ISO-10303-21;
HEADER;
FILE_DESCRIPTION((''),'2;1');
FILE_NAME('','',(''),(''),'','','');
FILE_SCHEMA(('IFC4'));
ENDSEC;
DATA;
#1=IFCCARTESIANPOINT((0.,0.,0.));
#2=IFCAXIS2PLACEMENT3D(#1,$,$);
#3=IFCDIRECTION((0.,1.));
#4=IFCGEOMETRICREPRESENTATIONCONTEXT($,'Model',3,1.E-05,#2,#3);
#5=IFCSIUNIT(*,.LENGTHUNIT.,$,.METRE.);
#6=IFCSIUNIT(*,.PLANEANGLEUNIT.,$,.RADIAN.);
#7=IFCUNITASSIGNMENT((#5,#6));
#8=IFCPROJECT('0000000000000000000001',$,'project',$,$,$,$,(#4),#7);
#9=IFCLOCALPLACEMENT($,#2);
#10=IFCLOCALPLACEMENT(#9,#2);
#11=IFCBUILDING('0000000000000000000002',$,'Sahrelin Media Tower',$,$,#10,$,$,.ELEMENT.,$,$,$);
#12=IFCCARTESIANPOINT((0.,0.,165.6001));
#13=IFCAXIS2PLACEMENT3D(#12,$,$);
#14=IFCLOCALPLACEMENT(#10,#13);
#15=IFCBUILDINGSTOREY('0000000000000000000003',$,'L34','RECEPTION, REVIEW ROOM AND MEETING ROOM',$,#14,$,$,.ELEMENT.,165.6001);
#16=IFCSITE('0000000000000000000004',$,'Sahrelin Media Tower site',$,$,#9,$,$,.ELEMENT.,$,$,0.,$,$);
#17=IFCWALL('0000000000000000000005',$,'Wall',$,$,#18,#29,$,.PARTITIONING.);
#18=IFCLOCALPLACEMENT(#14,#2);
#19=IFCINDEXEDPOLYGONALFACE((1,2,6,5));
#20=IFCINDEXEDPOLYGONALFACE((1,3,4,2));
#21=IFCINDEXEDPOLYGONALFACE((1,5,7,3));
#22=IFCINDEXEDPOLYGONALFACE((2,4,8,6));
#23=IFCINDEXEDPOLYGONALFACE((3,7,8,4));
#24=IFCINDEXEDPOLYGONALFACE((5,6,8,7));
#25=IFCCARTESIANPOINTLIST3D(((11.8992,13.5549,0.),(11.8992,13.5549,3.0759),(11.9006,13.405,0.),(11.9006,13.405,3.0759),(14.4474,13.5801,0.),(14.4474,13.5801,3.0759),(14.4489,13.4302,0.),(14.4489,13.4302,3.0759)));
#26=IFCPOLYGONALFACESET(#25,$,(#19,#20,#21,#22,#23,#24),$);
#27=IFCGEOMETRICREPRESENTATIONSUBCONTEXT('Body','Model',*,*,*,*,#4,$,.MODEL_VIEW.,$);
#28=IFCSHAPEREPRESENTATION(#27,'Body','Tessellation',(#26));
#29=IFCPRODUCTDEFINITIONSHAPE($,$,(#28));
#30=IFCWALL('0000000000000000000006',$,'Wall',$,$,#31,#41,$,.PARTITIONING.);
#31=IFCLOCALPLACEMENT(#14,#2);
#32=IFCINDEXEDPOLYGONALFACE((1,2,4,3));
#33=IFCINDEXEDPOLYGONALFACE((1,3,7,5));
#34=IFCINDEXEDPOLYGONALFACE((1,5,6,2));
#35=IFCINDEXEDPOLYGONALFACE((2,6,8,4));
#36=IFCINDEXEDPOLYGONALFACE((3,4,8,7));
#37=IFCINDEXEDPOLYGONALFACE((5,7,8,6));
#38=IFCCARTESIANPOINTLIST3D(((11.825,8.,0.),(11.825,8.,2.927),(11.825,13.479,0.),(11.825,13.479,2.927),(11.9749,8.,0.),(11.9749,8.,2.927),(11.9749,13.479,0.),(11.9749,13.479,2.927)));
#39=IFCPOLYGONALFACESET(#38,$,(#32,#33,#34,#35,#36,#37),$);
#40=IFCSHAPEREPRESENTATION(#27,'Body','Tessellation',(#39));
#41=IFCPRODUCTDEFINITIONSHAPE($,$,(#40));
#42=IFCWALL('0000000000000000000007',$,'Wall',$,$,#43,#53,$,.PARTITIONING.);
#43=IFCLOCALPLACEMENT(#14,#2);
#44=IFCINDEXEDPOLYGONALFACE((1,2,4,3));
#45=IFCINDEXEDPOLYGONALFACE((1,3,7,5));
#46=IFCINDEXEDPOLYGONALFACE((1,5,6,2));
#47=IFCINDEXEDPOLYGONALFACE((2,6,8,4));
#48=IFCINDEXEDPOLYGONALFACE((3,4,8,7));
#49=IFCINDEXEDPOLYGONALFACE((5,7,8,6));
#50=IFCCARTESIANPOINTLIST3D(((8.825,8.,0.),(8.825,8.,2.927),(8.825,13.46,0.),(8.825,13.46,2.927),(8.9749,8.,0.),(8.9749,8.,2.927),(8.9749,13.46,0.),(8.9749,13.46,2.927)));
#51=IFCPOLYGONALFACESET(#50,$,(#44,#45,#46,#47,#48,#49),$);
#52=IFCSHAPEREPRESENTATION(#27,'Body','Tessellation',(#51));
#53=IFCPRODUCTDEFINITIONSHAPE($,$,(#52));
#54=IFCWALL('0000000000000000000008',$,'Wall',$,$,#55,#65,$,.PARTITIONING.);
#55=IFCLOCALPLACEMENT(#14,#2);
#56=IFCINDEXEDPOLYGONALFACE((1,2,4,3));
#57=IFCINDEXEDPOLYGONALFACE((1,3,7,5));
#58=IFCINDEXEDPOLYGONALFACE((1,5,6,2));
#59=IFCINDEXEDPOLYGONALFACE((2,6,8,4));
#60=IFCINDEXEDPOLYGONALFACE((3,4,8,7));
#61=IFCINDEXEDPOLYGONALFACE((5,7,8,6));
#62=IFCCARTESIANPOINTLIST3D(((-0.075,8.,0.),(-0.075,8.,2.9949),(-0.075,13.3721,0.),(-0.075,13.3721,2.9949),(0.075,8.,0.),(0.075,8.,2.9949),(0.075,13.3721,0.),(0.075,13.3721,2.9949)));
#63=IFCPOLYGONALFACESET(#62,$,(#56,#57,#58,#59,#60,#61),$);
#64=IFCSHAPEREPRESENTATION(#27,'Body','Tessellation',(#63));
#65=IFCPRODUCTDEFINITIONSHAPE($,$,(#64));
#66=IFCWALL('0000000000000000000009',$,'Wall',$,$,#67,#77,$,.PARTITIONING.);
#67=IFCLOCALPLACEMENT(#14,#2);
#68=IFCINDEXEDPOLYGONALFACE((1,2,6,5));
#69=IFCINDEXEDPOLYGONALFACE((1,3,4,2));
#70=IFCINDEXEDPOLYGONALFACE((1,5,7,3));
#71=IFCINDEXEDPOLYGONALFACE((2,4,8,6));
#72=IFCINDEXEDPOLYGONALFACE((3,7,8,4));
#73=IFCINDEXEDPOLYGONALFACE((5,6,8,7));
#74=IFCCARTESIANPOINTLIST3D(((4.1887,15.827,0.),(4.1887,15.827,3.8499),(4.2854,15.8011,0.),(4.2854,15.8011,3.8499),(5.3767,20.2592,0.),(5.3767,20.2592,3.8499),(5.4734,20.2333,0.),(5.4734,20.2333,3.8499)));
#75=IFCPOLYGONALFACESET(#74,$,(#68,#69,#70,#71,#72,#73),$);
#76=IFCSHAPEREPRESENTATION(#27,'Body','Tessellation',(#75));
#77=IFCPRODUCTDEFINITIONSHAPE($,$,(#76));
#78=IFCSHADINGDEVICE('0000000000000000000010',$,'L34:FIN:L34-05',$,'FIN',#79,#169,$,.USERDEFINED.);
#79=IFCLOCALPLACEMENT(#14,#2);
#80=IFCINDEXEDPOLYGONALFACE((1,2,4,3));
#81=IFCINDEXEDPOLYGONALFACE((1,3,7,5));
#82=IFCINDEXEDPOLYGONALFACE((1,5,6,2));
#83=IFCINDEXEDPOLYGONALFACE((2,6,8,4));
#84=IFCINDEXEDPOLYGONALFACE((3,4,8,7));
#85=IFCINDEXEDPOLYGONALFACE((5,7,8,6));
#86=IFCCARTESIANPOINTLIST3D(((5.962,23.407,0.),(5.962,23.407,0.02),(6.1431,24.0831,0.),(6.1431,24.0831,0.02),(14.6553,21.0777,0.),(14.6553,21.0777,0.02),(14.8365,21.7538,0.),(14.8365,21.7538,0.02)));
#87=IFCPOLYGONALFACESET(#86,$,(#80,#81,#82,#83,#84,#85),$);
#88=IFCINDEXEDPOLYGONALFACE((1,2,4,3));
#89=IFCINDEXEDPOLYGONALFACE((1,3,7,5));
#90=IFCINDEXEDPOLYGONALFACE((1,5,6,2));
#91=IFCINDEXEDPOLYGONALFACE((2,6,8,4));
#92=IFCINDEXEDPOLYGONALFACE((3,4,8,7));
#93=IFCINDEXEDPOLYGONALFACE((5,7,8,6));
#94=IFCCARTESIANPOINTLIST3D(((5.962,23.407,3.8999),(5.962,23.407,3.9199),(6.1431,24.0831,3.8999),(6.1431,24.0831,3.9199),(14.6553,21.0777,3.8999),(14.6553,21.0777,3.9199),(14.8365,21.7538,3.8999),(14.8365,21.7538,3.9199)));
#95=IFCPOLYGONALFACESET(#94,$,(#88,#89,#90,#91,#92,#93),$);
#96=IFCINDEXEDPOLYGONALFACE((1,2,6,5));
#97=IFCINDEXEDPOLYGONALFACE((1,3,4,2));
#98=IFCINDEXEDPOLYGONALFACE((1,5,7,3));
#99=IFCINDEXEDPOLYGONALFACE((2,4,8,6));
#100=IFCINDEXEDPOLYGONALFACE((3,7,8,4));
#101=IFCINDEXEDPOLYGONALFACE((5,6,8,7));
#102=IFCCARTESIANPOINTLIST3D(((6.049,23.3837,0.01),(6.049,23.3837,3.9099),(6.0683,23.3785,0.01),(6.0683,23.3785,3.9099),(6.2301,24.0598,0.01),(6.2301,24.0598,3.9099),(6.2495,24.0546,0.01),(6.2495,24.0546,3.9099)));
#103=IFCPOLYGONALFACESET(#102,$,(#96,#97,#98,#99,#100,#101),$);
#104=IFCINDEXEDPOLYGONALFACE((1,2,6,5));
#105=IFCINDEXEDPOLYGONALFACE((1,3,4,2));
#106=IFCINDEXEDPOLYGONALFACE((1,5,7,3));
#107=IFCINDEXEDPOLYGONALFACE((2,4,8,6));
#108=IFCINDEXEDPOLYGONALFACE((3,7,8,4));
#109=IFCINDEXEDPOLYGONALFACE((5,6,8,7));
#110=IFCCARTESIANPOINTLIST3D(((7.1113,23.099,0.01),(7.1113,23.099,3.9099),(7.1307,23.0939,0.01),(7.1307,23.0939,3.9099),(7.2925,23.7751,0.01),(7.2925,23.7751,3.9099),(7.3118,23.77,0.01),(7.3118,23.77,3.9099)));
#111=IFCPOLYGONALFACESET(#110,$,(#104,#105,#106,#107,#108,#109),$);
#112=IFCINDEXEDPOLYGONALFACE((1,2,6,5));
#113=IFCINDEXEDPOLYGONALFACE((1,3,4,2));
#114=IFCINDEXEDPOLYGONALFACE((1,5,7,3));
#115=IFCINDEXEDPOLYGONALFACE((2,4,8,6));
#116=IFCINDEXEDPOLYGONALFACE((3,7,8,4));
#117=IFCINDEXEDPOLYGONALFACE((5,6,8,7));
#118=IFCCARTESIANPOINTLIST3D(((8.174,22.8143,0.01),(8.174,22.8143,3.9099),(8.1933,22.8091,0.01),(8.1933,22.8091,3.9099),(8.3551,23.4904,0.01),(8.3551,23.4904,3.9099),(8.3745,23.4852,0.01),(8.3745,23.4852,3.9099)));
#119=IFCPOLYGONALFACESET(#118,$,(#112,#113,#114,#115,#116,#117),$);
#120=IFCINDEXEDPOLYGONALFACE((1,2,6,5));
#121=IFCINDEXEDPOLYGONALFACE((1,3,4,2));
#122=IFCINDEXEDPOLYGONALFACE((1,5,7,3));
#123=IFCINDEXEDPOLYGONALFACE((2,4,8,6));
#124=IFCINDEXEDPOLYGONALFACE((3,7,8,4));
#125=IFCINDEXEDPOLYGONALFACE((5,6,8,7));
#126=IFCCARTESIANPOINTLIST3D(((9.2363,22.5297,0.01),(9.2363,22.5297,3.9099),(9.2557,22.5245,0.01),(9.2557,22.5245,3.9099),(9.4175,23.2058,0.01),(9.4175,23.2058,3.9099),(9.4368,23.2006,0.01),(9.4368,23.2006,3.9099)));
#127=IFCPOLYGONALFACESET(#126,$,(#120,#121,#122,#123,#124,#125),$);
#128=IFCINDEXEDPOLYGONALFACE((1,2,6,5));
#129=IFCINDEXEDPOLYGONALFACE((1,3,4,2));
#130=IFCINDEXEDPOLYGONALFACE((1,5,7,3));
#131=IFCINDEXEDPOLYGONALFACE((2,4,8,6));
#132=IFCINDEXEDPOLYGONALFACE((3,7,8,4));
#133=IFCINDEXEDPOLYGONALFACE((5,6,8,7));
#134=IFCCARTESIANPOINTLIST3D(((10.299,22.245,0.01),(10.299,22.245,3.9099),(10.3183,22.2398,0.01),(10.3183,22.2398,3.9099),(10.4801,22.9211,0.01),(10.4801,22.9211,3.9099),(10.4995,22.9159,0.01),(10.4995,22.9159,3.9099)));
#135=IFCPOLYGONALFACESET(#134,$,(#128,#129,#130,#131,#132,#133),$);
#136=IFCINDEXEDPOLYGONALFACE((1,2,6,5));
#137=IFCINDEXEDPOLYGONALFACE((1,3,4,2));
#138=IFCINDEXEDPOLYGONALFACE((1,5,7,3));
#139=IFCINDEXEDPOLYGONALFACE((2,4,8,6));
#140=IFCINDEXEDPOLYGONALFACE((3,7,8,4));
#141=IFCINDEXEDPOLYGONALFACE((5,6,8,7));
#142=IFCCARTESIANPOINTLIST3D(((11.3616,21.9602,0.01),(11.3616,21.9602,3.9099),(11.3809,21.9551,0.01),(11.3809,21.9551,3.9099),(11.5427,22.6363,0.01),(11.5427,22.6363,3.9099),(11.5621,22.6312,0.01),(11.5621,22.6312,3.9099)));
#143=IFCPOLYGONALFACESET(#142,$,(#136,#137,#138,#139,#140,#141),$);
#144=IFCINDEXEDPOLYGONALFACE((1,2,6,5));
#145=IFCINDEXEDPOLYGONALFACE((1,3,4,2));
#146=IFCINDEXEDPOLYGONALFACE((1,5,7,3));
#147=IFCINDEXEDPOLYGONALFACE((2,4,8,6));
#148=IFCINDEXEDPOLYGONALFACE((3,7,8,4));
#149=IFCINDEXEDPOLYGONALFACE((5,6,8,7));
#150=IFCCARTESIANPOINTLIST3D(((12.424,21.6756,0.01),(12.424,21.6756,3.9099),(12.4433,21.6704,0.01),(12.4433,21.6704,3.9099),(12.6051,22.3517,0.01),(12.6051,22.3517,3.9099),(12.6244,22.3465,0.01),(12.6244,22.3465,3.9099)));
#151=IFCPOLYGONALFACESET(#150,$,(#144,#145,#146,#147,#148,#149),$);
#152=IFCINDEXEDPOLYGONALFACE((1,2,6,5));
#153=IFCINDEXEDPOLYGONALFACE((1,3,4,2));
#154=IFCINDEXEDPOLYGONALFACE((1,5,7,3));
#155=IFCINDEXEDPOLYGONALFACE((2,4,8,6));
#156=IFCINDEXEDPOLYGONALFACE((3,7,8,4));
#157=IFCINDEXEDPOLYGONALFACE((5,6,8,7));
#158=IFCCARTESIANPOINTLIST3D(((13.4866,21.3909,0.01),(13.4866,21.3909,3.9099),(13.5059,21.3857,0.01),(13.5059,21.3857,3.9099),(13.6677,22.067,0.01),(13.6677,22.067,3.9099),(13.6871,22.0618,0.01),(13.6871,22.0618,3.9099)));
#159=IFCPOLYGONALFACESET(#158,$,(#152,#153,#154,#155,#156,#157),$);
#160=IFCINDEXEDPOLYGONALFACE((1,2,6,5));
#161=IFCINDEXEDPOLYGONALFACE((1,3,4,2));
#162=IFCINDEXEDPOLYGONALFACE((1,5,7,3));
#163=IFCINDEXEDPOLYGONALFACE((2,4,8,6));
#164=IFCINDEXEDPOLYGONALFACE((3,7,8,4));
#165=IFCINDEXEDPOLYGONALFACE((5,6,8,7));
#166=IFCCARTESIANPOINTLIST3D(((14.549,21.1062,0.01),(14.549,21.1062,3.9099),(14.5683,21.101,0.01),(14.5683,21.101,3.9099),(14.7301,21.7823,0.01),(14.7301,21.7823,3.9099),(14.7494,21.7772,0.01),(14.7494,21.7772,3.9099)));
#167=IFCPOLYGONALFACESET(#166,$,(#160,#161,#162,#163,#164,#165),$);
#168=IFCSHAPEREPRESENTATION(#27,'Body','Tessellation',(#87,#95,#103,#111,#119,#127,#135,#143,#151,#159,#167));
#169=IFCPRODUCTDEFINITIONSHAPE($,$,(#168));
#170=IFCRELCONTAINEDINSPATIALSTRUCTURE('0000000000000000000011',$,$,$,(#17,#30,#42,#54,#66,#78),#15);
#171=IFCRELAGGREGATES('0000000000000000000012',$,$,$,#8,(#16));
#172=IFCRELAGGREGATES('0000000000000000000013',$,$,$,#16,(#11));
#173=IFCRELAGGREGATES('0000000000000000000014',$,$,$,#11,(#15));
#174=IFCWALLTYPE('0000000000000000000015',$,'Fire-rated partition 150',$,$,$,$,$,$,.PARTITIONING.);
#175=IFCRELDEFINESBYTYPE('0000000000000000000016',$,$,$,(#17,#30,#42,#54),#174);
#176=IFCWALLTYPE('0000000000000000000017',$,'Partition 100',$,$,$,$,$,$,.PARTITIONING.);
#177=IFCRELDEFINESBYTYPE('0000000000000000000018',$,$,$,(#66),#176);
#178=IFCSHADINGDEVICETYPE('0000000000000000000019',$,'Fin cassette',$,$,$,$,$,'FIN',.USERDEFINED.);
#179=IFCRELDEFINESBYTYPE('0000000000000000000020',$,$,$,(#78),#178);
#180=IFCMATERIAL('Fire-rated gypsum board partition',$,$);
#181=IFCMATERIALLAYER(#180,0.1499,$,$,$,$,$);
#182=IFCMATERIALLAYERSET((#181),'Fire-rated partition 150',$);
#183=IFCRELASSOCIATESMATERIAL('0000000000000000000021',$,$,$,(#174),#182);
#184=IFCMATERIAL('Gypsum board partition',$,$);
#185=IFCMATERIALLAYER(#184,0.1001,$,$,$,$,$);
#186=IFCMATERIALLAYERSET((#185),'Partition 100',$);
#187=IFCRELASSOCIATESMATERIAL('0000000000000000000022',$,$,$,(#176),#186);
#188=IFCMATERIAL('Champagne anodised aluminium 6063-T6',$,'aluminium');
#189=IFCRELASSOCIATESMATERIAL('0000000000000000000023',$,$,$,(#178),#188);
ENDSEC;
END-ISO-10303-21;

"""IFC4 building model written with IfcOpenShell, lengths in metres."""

from ifc_helpers import new_model, si_unit, direction, frame, frame_2d, origin, origin_2d, place, context, subcontext, project, spatial, rectangle, extrude, material, layer, layer_set, type_object, element, save


model = new_model("IFC4")

# Units and contexts
model_context = context("Model", 3, precision=1e-05, world=origin(), true_north=direction((0.0, 1.0)))
body_context = subcontext(model_context, "Body", "Model", "MODEL_VIEW")
ifc_project = project(units=[si_unit("LENGTHUNIT", "METRE"), si_unit("PLANEANGLEUNIT", "RADIAN")], contexts=[model_context])

# Site, building, storey
site_placement = place(None, origin())
site = spatial("IfcSite", under=ifc_project, at=site_placement, Name="Sahrelin Media Tower site", CompositionType="ELEMENT", RefElevation=0.0)
building_placement = place(site_placement, origin())
building = spatial("IfcBuilding", under=site, at=building_placement, Name="Sahrelin Media Tower", CompositionType="ELEMENT")
storey_placement = place(building_placement, frame((0.0, 0.0, 165.6001)))
storey = spatial("IfcBuildingStorey", under=building, at=storey_placement, Name="L34", Description="RECEPTION, REVIEW ROOM AND MEETING ROOM", CompositionType="ELEMENT", Elevation=165.6001)

# Shared definitions
ifc_material_1 = material(Name="Champagne anodised aluminium 6063-T6", Category="aluminium")

# Shared definitions
ifc_material_2 = material(Name="Fire-rated gypsum board partition")
ifc_layer_1 = layer(ifc_material_2, 0.1499)
ifc_layer_set_1 = layer_set([ifc_layer_1], Name="Fire-rated partition 150")
wall_type_1 = type_object("IfcWallType", Name="Fire-rated partition 150", PredefinedType="PARTITIONING", material=ifc_layer_set_1)

# Walls
wall_1_placement = place(storey_placement, frame((11.8999, 13.48, 0.0), z_axis=(0.0, 0.0, 1.0), x_axis=(0.999951, 0.009868, 0.0)))
element("IfcWall", 1, at=wall_1_placement, inside=storey, type_object=wall_type_1, Name="Wall", PredefinedType="PARTITIONING", context=body_context, shape_type="SweptSolid", body=[
    extrude(rectangle(XDim=2.5483, YDim=0.1499, at=frame_2d((1.2742, 0.0))), origin(), (0.0, 0.0, 1.0), 3.0759),
])
wall_2_placement = place(storey_placement, frame((11.8999, 8.0, 0.0), z_axis=(0.0, 0.0, 1.0), x_axis=(0.0, 1.0, 0.0)))
element("IfcWall", 2, at=wall_2_placement, inside=storey, type_object=wall_type_1, Name="Wall", PredefinedType="PARTITIONING", context=body_context, shape_type="SweptSolid", body=[
    extrude(rectangle(XDim=5.479, YDim=0.1499, at=frame_2d((2.7395, 0.0))), origin(), (0.0, 0.0, 1.0), 2.927),
])
wall_3_placement = place(storey_placement, frame((8.8999, 8.0, 0.0), z_axis=(0.0, 0.0, 1.0), x_axis=(0.0, 1.0, 0.0)))
element("IfcWall", 3, at=wall_3_placement, inside=storey, type_object=wall_type_1, Name="Wall", PredefinedType="PARTITIONING", context=body_context, shape_type="SweptSolid", body=[
    extrude(rectangle(XDim=5.46, YDim=0.1499, at=frame_2d((2.73, 0.0))), origin(), (0.0, 0.0, 1.0), 2.927),
])
wall_4_placement = place(storey_placement, frame((0.0, 8.0, 0.0), z_axis=(0.0, 0.0, 1.0), x_axis=(0.0, 1.0, 0.0)))
element("IfcWall", 4, at=wall_4_placement, inside=storey, type_object=wall_type_1, Name="Wall", PredefinedType="PARTITIONING", context=body_context, shape_type="SweptSolid", body=[
    extrude(rectangle(XDim=5.3721, YDim=0.1499, at=frame_2d((2.686, 0.0))), origin(), (0.0, 0.0, 1.0), 2.9949),
])
ifc_material_3 = material(Name="Gypsum board partition")
ifc_layer_2 = layer(ifc_material_3, 0.1001)
ifc_layer_set_2 = layer_set([ifc_layer_2], Name="Partition 100")
wall_type_2 = type_object("IfcWallType", Name="Partition 100", PredefinedType="PARTITIONING", material=ifc_layer_set_2)
wall_5_placement = place(storey_placement, frame((4.2371, 15.814, 0.0), z_axis=(0.0, 0.0, 1.0), x_axis=(0.258901, 0.965904, 0.0)))
element("IfcWall", 5, at=wall_5_placement, inside=storey, type_object=wall_type_2, Name="Wall", PredefinedType="PARTITIONING", context=body_context, shape_type="SweptSolid", body=[
    extrude(rectangle(XDim=4.5886, YDim=0.1001, at=frame_2d((2.2944, 0.0))), origin(), (0.0, 0.0, 1.0), 3.8499),
])

# Shading device
shading_device_type_1 = type_object("IfcShadingDeviceType", Name="Fin cassette", ElementType="FIN", PredefinedType="USERDEFINED", material=ifc_material_1)
placement_1 = place(storey_placement, frame((10.2905, 22.1748, 0.0), z_axis=(0.0, 0.0, 1.0), x_axis=(0.965929, -0.258808, 0.0)))
element("IfcShadingDevice", 6, at=placement_1, inside=storey, type_object=shading_device_type_1, Name="L34:FIN:L34-05", ObjectType="FIN", PredefinedType="USERDEFINED", context=body_context, shape_type="SweptSolid", body=[
    extrude(rectangle(XDim=9.0, YDim=0.7, at=origin_2d()), frame((0.0, 0.4199, 0.0)), (0.0, 0.0, 1.0), 0.02),
    extrude(rectangle(XDim=9.0, YDim=0.7, at=origin_2d()), frame((0.0, 0.4199, 3.8999)), (0.0, 0.0, 1.0), 0.02),
    extrude(rectangle(XDim=0.02, YDim=0.7, at=origin_2d()), frame((-4.3999, 0.4199, 0.01), z_axis=(0.0, 0.0, 1.0), x_axis=(1.0, 0.0, 0.0)), (0.0, 0.0, 1.0), 3.8999),
    extrude(rectangle(XDim=0.02, YDim=0.7, at=origin_2d()), frame((-3.3, 0.4199, 0.01), z_axis=(0.0, 0.0, 1.0), x_axis=(1.0, 0.0, 0.0)), (0.0, 0.0, 1.0), 3.8999),
    extrude(rectangle(XDim=0.02, YDim=0.7, at=origin_2d()), frame((-2.2, 0.4199, 0.01), z_axis=(0.0, 0.0, 1.0), x_axis=(1.0, 0.0, 0.0)), (0.0, 0.0, 1.0), 3.8999),
    extrude(rectangle(XDim=0.02, YDim=0.7, at=origin_2d()), frame((-1.1001, 0.4199, 0.01), z_axis=(0.0, 0.0, 1.0), x_axis=(1.0, 0.0, 0.0)), (0.0, 0.0, 1.0), 3.8999),
    extrude(rectangle(XDim=0.02, YDim=0.7, at=origin_2d()), frame((0.0, 0.4199, 0.01), z_axis=(0.0, 0.0, 1.0), x_axis=(1.0, 0.0, 0.0)), (0.0, 0.0, 1.0), 3.8999),
    extrude(rectangle(XDim=0.02, YDim=0.7, at=origin_2d()), frame((1.1001, 0.4199, 0.01), z_axis=(0.0, 0.0, 1.0), x_axis=(1.0, 0.0, 0.0)), (0.0, 0.0, 1.0), 3.8999),
    extrude(rectangle(XDim=0.02, YDim=0.7, at=origin_2d()), frame((2.2, 0.4199, 0.01), z_axis=(0.0, 0.0, 1.0), x_axis=(1.0, 0.0, 0.0)), (0.0, 0.0, 1.0), 3.8999),
    extrude(rectangle(XDim=0.02, YDim=0.7, at=origin_2d()), frame((3.3, 0.4199, 0.01), z_axis=(0.0, 0.0, 1.0), x_axis=(1.0, 0.0, 0.0)), (0.0, 0.0, 1.0), 3.8999),
    extrude(rectangle(XDim=0.02, YDim=0.7, at=origin_2d()), frame((4.3999, 0.4199, 0.01), z_axis=(0.0, 0.0, 1.0), x_axis=(1.0, 0.0, 0.0)), (0.0, 0.0, 1.0), 3.8999),
])

save(model, "model.ifc")
